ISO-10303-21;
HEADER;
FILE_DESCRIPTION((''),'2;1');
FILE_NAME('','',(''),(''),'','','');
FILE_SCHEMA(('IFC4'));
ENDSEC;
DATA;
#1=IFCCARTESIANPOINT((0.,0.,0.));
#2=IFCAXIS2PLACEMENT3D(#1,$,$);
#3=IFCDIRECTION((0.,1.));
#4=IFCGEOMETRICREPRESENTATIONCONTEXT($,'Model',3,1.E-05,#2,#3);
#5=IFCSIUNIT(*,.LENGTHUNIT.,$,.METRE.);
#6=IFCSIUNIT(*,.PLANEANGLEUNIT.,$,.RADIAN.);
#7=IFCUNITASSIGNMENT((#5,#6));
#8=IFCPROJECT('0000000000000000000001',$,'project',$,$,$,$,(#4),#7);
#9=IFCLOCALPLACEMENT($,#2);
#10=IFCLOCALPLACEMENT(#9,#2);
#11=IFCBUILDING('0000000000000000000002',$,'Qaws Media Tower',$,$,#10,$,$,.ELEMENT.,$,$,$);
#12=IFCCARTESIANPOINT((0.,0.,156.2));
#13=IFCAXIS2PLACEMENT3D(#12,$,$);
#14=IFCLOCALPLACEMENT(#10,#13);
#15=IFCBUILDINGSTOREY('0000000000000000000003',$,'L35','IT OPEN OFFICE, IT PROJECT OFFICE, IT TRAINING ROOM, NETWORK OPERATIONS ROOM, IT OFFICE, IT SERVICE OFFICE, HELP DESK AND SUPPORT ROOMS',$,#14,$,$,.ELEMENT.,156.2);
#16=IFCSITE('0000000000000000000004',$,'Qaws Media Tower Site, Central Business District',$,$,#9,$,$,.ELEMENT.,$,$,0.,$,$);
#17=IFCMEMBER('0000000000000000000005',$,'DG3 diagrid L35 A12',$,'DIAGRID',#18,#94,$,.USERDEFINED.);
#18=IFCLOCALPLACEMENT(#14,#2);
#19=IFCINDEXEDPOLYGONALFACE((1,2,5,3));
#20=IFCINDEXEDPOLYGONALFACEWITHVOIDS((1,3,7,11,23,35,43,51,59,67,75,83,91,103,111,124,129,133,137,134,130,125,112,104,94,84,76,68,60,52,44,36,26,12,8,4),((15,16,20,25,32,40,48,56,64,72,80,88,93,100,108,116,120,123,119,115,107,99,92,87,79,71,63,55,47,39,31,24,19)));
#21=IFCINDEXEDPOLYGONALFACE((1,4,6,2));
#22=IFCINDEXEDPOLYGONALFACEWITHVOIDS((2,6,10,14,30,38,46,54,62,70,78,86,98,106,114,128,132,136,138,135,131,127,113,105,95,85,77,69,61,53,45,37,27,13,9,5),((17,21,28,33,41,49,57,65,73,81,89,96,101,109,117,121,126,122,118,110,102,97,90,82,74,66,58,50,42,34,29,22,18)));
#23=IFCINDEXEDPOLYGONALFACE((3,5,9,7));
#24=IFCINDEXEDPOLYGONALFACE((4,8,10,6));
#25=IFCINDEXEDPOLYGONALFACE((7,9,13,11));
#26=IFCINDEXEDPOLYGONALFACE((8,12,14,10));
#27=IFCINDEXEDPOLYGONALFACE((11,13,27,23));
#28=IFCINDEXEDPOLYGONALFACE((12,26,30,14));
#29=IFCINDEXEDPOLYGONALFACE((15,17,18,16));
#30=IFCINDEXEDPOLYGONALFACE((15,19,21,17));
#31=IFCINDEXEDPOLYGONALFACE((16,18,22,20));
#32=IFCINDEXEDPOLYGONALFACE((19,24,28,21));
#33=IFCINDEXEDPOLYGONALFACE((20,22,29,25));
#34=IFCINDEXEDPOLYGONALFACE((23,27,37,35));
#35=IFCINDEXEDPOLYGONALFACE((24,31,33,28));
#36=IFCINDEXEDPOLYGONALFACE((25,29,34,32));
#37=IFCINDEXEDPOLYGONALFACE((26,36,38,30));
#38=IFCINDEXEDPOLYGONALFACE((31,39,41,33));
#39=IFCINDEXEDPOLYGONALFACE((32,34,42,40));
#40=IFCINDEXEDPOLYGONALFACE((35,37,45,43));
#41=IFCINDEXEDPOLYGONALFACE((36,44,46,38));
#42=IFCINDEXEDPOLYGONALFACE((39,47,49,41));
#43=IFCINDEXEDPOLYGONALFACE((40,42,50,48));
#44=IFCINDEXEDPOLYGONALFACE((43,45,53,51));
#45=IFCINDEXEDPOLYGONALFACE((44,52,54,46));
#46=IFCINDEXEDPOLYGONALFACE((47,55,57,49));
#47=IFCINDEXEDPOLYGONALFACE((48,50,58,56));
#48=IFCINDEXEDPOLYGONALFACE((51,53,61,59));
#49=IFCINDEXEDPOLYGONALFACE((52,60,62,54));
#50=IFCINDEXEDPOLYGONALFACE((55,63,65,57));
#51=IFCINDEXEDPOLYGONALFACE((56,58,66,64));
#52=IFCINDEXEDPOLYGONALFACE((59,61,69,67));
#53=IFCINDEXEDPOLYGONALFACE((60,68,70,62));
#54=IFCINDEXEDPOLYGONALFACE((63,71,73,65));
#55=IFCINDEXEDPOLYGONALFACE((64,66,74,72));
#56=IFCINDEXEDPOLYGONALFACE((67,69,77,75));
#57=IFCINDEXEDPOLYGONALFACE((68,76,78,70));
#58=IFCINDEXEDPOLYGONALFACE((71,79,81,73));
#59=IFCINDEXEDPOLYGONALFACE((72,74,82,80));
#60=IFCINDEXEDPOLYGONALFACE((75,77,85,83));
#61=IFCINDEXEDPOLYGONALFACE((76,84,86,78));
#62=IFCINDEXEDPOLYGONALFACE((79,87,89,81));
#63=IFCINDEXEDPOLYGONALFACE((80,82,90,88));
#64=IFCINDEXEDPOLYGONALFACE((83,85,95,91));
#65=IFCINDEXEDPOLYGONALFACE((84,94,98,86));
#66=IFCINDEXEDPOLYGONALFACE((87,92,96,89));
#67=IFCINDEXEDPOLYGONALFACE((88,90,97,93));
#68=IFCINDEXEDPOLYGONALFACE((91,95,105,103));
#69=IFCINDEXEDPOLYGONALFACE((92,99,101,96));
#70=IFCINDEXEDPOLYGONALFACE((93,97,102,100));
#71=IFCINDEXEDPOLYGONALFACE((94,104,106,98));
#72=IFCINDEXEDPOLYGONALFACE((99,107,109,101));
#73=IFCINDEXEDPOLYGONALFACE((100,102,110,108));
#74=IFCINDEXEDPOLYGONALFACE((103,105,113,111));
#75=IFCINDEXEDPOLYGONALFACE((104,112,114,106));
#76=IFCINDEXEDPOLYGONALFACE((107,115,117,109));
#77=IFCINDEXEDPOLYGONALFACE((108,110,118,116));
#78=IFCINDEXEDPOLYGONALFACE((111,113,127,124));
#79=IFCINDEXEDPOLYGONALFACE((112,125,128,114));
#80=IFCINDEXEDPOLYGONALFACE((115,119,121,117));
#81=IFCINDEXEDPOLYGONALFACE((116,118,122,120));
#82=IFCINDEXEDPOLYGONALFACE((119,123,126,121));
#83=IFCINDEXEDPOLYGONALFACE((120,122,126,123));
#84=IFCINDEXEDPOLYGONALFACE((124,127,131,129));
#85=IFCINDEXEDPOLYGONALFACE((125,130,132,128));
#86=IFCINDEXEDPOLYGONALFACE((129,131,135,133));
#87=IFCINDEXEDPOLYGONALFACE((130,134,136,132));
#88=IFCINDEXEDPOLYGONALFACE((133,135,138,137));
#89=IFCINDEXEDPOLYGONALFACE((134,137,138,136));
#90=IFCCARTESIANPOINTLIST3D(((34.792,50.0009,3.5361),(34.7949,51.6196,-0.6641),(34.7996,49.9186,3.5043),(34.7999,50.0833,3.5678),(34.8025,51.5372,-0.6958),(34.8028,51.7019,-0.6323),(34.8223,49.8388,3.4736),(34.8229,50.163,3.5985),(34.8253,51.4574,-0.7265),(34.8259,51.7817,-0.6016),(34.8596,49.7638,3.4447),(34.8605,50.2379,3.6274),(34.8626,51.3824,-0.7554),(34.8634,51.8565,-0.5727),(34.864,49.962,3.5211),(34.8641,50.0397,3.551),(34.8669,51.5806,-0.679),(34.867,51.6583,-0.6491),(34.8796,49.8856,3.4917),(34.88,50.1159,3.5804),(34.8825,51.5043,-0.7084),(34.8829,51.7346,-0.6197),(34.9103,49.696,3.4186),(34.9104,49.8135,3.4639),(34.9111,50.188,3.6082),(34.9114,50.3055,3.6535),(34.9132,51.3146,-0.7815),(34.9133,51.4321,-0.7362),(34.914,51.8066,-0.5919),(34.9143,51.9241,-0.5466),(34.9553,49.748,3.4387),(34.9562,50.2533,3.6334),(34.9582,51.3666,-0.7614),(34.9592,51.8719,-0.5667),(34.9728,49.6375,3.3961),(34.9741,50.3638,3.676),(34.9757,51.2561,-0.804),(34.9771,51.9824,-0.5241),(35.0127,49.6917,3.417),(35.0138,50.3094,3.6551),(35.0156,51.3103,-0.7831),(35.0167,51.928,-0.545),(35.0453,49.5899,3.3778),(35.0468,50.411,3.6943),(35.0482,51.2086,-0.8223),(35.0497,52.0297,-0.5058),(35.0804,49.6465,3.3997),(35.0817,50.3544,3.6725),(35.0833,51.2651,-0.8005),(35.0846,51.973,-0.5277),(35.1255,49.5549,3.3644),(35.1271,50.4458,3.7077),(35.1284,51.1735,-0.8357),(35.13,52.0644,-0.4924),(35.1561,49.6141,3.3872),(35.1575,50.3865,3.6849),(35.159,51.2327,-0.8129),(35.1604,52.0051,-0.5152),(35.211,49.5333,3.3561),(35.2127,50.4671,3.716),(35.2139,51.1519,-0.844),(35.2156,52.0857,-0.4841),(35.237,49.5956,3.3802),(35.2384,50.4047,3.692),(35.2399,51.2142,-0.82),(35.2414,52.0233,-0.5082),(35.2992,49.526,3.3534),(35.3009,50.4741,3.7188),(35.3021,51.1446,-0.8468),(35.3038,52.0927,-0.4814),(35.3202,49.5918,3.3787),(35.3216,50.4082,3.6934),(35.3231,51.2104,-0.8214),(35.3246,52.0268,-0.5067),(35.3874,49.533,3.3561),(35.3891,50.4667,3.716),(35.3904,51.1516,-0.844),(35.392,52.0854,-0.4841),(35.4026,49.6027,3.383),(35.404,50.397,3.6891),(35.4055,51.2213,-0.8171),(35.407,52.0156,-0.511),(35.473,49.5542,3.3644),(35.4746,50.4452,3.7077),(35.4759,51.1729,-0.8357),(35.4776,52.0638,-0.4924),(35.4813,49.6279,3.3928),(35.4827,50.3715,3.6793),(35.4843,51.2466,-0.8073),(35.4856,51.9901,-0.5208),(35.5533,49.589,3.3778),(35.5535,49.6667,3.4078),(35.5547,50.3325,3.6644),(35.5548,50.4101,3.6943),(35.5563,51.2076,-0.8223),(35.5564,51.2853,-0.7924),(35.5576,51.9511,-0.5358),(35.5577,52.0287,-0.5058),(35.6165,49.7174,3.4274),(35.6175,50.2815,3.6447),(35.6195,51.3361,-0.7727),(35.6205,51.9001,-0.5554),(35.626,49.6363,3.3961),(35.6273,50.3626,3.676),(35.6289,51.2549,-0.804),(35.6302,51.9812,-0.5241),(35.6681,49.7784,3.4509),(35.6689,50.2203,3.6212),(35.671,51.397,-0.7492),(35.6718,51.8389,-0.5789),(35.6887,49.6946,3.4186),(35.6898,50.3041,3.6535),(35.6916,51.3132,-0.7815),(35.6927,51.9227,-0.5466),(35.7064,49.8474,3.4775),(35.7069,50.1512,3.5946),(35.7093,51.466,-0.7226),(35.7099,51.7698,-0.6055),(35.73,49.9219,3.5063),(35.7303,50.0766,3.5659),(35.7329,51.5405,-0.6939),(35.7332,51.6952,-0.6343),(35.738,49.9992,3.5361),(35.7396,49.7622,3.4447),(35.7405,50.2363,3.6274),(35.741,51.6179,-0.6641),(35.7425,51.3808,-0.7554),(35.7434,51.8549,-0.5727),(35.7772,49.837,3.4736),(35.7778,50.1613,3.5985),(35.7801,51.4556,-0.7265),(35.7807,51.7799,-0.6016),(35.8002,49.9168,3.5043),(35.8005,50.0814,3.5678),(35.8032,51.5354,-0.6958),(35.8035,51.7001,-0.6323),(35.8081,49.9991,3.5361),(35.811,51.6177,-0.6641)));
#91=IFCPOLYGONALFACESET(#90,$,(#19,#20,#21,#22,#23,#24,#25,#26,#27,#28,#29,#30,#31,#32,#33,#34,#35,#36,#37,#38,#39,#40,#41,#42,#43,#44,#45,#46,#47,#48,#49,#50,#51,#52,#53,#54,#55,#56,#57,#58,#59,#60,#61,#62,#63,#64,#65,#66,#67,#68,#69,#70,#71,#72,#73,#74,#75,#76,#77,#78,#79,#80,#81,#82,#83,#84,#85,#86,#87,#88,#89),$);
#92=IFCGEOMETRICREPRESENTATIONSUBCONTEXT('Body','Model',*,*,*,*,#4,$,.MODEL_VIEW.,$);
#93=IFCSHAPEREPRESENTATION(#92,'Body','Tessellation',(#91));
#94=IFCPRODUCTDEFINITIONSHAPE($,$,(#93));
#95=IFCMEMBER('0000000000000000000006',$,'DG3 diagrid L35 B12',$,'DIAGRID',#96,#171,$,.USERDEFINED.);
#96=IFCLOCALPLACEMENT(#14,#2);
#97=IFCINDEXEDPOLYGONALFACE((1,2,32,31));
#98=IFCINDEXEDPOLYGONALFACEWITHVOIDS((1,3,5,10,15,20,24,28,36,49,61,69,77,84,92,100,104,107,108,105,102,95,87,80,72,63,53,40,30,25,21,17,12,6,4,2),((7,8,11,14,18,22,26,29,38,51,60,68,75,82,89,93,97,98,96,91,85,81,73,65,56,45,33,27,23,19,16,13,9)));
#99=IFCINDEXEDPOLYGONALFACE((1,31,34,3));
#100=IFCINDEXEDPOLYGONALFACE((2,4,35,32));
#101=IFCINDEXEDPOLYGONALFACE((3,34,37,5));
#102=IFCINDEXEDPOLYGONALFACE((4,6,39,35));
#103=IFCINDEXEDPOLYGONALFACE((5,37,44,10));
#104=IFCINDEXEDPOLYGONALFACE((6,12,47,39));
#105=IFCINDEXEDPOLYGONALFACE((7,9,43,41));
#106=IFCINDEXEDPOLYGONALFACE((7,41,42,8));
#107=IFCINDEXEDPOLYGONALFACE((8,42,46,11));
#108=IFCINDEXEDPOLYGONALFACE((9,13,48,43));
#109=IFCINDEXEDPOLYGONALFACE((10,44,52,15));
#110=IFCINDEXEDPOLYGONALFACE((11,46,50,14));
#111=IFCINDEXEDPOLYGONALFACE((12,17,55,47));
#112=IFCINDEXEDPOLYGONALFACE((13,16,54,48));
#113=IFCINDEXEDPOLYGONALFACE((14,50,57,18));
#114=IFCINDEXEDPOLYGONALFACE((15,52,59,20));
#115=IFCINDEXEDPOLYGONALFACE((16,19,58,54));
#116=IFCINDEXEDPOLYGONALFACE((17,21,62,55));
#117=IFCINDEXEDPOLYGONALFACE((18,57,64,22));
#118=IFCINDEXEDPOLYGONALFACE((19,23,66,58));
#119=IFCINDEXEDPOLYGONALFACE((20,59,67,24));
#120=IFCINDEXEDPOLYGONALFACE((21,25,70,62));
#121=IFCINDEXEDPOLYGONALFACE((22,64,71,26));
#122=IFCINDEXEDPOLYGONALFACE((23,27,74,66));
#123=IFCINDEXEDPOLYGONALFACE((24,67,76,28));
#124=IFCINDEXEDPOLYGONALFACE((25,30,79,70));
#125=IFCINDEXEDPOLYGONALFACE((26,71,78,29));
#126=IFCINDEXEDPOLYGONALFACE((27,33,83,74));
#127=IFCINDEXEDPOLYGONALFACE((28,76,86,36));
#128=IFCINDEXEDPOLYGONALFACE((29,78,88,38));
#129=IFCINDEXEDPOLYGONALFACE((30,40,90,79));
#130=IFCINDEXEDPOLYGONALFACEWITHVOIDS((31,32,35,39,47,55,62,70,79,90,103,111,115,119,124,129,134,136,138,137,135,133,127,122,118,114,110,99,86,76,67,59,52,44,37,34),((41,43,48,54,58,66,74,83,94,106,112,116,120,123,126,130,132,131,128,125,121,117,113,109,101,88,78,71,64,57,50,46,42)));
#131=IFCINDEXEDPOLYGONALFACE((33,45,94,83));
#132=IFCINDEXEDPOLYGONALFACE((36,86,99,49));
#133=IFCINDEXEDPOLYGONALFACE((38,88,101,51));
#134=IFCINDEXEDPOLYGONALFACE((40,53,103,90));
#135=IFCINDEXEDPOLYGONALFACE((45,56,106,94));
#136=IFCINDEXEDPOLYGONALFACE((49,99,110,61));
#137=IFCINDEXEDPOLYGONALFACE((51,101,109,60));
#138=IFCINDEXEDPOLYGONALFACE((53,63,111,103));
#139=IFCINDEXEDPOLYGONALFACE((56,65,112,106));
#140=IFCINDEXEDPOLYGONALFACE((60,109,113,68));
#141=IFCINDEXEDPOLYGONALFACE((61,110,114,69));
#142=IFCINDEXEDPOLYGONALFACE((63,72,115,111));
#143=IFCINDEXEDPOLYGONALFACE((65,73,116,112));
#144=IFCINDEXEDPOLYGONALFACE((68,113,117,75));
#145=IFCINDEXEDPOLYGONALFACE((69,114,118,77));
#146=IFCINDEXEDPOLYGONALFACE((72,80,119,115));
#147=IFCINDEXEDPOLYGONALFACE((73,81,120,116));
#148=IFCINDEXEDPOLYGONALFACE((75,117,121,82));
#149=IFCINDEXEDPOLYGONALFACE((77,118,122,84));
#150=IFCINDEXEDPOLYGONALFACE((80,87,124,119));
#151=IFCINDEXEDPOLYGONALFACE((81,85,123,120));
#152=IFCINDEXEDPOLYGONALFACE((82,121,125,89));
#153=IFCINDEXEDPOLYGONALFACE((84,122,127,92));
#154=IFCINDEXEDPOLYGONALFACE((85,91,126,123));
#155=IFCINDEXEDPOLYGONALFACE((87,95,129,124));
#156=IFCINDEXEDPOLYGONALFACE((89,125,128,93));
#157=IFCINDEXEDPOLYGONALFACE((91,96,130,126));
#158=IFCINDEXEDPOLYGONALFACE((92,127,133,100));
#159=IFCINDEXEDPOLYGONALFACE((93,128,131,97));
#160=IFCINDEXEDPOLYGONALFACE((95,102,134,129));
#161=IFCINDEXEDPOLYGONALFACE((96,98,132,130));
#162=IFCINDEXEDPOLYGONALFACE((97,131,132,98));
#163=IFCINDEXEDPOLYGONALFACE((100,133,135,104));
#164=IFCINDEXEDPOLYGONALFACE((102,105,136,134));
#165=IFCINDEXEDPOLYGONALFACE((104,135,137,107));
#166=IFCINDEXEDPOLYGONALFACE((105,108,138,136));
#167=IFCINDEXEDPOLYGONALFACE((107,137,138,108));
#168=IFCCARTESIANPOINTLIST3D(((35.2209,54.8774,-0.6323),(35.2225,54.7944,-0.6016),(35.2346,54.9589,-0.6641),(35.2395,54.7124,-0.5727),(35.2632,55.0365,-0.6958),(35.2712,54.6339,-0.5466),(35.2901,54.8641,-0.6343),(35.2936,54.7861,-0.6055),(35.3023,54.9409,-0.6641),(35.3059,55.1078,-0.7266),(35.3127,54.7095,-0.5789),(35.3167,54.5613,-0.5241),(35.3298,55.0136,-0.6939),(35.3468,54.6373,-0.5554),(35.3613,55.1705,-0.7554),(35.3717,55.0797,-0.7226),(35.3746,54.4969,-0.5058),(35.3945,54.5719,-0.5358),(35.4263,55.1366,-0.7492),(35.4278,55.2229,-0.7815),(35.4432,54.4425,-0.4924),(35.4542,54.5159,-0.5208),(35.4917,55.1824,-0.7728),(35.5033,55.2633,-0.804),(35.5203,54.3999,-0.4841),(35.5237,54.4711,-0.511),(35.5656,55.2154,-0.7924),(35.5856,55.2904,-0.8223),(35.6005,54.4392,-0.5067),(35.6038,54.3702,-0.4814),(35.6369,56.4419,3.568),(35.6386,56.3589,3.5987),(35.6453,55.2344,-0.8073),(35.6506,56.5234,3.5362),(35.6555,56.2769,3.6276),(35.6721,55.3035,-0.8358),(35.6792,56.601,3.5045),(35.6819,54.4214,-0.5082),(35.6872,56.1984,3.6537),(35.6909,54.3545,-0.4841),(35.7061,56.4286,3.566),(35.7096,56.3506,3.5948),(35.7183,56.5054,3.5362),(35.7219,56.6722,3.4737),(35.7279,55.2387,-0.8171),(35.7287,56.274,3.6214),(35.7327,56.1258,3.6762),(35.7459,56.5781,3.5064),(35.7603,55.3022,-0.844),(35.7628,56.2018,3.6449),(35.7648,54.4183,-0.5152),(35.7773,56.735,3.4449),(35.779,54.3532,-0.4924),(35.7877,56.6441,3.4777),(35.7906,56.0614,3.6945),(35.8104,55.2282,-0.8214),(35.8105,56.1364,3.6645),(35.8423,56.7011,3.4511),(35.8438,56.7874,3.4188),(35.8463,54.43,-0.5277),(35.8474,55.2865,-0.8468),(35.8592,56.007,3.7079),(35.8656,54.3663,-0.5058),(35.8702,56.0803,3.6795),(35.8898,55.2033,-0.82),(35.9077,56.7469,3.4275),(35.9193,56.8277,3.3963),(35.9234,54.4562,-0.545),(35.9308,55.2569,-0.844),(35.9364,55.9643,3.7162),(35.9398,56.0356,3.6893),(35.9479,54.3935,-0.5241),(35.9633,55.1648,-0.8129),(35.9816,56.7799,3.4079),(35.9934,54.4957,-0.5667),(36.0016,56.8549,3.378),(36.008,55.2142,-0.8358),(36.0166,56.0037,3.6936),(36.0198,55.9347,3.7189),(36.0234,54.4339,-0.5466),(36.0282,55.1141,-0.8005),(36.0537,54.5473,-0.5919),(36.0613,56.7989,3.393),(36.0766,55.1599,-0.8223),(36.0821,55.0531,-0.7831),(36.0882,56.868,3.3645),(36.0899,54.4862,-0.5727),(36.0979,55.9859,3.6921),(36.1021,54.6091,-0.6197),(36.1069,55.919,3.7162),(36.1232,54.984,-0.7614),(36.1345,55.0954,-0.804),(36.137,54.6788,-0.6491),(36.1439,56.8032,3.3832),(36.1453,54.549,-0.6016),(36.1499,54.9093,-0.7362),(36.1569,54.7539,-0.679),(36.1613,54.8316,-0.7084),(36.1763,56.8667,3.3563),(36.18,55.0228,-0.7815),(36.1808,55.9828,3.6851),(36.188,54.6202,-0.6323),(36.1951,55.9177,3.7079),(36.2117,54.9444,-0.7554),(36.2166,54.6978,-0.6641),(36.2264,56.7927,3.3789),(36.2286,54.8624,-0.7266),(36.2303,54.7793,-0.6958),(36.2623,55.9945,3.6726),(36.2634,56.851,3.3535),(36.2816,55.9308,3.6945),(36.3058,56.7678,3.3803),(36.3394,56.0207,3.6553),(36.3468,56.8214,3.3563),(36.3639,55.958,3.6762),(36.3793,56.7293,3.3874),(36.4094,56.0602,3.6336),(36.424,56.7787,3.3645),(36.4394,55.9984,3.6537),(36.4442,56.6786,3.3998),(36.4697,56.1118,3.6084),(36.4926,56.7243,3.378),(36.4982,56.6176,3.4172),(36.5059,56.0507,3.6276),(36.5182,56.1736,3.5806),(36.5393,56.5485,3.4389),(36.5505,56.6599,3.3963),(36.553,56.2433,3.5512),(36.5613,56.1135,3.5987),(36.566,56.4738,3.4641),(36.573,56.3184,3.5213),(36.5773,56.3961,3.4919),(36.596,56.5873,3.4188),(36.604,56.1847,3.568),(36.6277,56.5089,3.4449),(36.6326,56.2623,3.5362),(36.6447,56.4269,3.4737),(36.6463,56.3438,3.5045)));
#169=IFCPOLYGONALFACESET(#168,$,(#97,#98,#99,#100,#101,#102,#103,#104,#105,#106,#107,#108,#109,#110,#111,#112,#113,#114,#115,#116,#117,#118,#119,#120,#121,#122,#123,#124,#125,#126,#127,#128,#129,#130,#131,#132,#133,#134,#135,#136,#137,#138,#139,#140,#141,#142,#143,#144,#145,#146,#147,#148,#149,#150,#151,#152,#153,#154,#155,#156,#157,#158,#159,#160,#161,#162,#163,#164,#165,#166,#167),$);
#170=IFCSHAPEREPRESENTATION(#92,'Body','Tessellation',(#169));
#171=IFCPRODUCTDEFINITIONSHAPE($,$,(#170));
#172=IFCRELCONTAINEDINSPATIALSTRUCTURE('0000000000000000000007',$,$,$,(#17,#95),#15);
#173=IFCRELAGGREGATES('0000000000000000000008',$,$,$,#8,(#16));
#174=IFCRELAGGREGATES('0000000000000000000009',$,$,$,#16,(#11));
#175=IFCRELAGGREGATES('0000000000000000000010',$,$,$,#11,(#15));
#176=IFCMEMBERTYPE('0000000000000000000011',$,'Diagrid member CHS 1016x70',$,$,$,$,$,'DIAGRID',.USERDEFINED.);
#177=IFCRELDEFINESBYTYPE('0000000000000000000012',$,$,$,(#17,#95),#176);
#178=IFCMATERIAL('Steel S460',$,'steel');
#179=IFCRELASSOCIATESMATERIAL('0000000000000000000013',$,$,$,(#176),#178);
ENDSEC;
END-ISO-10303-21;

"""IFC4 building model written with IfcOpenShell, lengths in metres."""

from ifc_helpers import new_model, si_unit, direction, frame, origin, origin_2d, place, context, subcontext, project, spatial, hollow_circle, extrude, material, material_profile, profile_set, type_object, element, save


model = new_model("IFC4")

# Units and contexts
model_context = context("Model", 3, precision=1e-05, world=origin(), true_north=direction((0.0, 1.0)))
body_context = subcontext(model_context, "Body", "Model", "MODEL_VIEW")
ifc_project = project(units=[si_unit("LENGTHUNIT", "METRE"), si_unit("PLANEANGLEUNIT", "RADIAN")], contexts=[model_context])

# Site, building, storey
site_placement = place(None, origin())
site = spatial("IfcSite", under=ifc_project, at=site_placement, Name="Qaws Media Tower Site, Central Business District", CompositionType="ELEMENT", RefElevation=0.0)
building_placement = place(site_placement, origin())
building = spatial("IfcBuilding", under=site, at=building_placement, Name="Qaws Media Tower", CompositionType="ELEMENT")
storey_placement = place(building_placement, frame((0.0, 0.0, 156.2)))
storey = spatial("IfcBuildingStorey", under=building, at=storey_placement, Name="L35", Description="IT OPEN OFFICE, IT PROJECT OFFICE, IT TRAINING ROOM, NETWORK OPERATIONS ROOM, IT OFFICE, IT SERVICE OFFICE, HELP DESK AND SUPPORT ROOMS", CompositionType="ELEMENT", Elevation=156.2)

# Members
ifc_material_1 = material(Name="Steel S460", Category="steel")
ifc_material_profile_1 = material_profile(ifc_material_1, hollow_circle(Radius=0.5081, WallThickness=0.0701, at=origin_2d()), Name="CHS 1016x70")
ifc_profile_set_1 = profile_set([ifc_material_profile_1], Name="Steel S460")
member_type_1 = type_object("IfcMemberType", Name="Diagrid member CHS 1016x70", ElementType="DIAGRID", PredefinedType="USERDEFINED", material=ifc_profile_set_1)
member_1_placement = place(storey_placement, frame((35.303, 51.6187, -0.6641), z_axis=(-0.000651, -0.359597, 0.933108), x_axis=(0.999998, -0.00181, 0.0)))
element("IfcMember", 1, at=member_1_placement, inside=storey, type_object=member_type_1, Name="DG3 diagrid L35 A12", ObjectType="DIAGRID", PredefinedType="USERDEFINED", context=body_context, shape_type="SweptSolid", body=[
    extrude(hollow_circle(Radius=0.5081, WallThickness=0.0701, at=origin_2d()), origin(), (0.0, 0.0, 1.0), 4.5012),
])
for number, where, z_axis, x_axis, name in (
    (2, (35.7256, 54.8284, -0.6641), (0.09242, 0.347551, 0.933095), (-0.966415, 0.256987, 0.0), "DG3 diagrid L35 B12"),
):
    element("IfcMember", number, at=place(storey_placement, frame(where, z_axis=z_axis, x_axis=x_axis)), inside=storey, type_object=member_type_1, Name=name, ObjectType="DIAGRID", PredefinedType="USERDEFINED", context=body_context, shape_type="SweptSolid", body=[
        extrude(hollow_circle(Radius=0.5081, WallThickness=0.0701, at=origin_2d()), origin(), (0.0, 0.0, 1.0), 4.5015),
    ])

save(model, "model.ifc")
